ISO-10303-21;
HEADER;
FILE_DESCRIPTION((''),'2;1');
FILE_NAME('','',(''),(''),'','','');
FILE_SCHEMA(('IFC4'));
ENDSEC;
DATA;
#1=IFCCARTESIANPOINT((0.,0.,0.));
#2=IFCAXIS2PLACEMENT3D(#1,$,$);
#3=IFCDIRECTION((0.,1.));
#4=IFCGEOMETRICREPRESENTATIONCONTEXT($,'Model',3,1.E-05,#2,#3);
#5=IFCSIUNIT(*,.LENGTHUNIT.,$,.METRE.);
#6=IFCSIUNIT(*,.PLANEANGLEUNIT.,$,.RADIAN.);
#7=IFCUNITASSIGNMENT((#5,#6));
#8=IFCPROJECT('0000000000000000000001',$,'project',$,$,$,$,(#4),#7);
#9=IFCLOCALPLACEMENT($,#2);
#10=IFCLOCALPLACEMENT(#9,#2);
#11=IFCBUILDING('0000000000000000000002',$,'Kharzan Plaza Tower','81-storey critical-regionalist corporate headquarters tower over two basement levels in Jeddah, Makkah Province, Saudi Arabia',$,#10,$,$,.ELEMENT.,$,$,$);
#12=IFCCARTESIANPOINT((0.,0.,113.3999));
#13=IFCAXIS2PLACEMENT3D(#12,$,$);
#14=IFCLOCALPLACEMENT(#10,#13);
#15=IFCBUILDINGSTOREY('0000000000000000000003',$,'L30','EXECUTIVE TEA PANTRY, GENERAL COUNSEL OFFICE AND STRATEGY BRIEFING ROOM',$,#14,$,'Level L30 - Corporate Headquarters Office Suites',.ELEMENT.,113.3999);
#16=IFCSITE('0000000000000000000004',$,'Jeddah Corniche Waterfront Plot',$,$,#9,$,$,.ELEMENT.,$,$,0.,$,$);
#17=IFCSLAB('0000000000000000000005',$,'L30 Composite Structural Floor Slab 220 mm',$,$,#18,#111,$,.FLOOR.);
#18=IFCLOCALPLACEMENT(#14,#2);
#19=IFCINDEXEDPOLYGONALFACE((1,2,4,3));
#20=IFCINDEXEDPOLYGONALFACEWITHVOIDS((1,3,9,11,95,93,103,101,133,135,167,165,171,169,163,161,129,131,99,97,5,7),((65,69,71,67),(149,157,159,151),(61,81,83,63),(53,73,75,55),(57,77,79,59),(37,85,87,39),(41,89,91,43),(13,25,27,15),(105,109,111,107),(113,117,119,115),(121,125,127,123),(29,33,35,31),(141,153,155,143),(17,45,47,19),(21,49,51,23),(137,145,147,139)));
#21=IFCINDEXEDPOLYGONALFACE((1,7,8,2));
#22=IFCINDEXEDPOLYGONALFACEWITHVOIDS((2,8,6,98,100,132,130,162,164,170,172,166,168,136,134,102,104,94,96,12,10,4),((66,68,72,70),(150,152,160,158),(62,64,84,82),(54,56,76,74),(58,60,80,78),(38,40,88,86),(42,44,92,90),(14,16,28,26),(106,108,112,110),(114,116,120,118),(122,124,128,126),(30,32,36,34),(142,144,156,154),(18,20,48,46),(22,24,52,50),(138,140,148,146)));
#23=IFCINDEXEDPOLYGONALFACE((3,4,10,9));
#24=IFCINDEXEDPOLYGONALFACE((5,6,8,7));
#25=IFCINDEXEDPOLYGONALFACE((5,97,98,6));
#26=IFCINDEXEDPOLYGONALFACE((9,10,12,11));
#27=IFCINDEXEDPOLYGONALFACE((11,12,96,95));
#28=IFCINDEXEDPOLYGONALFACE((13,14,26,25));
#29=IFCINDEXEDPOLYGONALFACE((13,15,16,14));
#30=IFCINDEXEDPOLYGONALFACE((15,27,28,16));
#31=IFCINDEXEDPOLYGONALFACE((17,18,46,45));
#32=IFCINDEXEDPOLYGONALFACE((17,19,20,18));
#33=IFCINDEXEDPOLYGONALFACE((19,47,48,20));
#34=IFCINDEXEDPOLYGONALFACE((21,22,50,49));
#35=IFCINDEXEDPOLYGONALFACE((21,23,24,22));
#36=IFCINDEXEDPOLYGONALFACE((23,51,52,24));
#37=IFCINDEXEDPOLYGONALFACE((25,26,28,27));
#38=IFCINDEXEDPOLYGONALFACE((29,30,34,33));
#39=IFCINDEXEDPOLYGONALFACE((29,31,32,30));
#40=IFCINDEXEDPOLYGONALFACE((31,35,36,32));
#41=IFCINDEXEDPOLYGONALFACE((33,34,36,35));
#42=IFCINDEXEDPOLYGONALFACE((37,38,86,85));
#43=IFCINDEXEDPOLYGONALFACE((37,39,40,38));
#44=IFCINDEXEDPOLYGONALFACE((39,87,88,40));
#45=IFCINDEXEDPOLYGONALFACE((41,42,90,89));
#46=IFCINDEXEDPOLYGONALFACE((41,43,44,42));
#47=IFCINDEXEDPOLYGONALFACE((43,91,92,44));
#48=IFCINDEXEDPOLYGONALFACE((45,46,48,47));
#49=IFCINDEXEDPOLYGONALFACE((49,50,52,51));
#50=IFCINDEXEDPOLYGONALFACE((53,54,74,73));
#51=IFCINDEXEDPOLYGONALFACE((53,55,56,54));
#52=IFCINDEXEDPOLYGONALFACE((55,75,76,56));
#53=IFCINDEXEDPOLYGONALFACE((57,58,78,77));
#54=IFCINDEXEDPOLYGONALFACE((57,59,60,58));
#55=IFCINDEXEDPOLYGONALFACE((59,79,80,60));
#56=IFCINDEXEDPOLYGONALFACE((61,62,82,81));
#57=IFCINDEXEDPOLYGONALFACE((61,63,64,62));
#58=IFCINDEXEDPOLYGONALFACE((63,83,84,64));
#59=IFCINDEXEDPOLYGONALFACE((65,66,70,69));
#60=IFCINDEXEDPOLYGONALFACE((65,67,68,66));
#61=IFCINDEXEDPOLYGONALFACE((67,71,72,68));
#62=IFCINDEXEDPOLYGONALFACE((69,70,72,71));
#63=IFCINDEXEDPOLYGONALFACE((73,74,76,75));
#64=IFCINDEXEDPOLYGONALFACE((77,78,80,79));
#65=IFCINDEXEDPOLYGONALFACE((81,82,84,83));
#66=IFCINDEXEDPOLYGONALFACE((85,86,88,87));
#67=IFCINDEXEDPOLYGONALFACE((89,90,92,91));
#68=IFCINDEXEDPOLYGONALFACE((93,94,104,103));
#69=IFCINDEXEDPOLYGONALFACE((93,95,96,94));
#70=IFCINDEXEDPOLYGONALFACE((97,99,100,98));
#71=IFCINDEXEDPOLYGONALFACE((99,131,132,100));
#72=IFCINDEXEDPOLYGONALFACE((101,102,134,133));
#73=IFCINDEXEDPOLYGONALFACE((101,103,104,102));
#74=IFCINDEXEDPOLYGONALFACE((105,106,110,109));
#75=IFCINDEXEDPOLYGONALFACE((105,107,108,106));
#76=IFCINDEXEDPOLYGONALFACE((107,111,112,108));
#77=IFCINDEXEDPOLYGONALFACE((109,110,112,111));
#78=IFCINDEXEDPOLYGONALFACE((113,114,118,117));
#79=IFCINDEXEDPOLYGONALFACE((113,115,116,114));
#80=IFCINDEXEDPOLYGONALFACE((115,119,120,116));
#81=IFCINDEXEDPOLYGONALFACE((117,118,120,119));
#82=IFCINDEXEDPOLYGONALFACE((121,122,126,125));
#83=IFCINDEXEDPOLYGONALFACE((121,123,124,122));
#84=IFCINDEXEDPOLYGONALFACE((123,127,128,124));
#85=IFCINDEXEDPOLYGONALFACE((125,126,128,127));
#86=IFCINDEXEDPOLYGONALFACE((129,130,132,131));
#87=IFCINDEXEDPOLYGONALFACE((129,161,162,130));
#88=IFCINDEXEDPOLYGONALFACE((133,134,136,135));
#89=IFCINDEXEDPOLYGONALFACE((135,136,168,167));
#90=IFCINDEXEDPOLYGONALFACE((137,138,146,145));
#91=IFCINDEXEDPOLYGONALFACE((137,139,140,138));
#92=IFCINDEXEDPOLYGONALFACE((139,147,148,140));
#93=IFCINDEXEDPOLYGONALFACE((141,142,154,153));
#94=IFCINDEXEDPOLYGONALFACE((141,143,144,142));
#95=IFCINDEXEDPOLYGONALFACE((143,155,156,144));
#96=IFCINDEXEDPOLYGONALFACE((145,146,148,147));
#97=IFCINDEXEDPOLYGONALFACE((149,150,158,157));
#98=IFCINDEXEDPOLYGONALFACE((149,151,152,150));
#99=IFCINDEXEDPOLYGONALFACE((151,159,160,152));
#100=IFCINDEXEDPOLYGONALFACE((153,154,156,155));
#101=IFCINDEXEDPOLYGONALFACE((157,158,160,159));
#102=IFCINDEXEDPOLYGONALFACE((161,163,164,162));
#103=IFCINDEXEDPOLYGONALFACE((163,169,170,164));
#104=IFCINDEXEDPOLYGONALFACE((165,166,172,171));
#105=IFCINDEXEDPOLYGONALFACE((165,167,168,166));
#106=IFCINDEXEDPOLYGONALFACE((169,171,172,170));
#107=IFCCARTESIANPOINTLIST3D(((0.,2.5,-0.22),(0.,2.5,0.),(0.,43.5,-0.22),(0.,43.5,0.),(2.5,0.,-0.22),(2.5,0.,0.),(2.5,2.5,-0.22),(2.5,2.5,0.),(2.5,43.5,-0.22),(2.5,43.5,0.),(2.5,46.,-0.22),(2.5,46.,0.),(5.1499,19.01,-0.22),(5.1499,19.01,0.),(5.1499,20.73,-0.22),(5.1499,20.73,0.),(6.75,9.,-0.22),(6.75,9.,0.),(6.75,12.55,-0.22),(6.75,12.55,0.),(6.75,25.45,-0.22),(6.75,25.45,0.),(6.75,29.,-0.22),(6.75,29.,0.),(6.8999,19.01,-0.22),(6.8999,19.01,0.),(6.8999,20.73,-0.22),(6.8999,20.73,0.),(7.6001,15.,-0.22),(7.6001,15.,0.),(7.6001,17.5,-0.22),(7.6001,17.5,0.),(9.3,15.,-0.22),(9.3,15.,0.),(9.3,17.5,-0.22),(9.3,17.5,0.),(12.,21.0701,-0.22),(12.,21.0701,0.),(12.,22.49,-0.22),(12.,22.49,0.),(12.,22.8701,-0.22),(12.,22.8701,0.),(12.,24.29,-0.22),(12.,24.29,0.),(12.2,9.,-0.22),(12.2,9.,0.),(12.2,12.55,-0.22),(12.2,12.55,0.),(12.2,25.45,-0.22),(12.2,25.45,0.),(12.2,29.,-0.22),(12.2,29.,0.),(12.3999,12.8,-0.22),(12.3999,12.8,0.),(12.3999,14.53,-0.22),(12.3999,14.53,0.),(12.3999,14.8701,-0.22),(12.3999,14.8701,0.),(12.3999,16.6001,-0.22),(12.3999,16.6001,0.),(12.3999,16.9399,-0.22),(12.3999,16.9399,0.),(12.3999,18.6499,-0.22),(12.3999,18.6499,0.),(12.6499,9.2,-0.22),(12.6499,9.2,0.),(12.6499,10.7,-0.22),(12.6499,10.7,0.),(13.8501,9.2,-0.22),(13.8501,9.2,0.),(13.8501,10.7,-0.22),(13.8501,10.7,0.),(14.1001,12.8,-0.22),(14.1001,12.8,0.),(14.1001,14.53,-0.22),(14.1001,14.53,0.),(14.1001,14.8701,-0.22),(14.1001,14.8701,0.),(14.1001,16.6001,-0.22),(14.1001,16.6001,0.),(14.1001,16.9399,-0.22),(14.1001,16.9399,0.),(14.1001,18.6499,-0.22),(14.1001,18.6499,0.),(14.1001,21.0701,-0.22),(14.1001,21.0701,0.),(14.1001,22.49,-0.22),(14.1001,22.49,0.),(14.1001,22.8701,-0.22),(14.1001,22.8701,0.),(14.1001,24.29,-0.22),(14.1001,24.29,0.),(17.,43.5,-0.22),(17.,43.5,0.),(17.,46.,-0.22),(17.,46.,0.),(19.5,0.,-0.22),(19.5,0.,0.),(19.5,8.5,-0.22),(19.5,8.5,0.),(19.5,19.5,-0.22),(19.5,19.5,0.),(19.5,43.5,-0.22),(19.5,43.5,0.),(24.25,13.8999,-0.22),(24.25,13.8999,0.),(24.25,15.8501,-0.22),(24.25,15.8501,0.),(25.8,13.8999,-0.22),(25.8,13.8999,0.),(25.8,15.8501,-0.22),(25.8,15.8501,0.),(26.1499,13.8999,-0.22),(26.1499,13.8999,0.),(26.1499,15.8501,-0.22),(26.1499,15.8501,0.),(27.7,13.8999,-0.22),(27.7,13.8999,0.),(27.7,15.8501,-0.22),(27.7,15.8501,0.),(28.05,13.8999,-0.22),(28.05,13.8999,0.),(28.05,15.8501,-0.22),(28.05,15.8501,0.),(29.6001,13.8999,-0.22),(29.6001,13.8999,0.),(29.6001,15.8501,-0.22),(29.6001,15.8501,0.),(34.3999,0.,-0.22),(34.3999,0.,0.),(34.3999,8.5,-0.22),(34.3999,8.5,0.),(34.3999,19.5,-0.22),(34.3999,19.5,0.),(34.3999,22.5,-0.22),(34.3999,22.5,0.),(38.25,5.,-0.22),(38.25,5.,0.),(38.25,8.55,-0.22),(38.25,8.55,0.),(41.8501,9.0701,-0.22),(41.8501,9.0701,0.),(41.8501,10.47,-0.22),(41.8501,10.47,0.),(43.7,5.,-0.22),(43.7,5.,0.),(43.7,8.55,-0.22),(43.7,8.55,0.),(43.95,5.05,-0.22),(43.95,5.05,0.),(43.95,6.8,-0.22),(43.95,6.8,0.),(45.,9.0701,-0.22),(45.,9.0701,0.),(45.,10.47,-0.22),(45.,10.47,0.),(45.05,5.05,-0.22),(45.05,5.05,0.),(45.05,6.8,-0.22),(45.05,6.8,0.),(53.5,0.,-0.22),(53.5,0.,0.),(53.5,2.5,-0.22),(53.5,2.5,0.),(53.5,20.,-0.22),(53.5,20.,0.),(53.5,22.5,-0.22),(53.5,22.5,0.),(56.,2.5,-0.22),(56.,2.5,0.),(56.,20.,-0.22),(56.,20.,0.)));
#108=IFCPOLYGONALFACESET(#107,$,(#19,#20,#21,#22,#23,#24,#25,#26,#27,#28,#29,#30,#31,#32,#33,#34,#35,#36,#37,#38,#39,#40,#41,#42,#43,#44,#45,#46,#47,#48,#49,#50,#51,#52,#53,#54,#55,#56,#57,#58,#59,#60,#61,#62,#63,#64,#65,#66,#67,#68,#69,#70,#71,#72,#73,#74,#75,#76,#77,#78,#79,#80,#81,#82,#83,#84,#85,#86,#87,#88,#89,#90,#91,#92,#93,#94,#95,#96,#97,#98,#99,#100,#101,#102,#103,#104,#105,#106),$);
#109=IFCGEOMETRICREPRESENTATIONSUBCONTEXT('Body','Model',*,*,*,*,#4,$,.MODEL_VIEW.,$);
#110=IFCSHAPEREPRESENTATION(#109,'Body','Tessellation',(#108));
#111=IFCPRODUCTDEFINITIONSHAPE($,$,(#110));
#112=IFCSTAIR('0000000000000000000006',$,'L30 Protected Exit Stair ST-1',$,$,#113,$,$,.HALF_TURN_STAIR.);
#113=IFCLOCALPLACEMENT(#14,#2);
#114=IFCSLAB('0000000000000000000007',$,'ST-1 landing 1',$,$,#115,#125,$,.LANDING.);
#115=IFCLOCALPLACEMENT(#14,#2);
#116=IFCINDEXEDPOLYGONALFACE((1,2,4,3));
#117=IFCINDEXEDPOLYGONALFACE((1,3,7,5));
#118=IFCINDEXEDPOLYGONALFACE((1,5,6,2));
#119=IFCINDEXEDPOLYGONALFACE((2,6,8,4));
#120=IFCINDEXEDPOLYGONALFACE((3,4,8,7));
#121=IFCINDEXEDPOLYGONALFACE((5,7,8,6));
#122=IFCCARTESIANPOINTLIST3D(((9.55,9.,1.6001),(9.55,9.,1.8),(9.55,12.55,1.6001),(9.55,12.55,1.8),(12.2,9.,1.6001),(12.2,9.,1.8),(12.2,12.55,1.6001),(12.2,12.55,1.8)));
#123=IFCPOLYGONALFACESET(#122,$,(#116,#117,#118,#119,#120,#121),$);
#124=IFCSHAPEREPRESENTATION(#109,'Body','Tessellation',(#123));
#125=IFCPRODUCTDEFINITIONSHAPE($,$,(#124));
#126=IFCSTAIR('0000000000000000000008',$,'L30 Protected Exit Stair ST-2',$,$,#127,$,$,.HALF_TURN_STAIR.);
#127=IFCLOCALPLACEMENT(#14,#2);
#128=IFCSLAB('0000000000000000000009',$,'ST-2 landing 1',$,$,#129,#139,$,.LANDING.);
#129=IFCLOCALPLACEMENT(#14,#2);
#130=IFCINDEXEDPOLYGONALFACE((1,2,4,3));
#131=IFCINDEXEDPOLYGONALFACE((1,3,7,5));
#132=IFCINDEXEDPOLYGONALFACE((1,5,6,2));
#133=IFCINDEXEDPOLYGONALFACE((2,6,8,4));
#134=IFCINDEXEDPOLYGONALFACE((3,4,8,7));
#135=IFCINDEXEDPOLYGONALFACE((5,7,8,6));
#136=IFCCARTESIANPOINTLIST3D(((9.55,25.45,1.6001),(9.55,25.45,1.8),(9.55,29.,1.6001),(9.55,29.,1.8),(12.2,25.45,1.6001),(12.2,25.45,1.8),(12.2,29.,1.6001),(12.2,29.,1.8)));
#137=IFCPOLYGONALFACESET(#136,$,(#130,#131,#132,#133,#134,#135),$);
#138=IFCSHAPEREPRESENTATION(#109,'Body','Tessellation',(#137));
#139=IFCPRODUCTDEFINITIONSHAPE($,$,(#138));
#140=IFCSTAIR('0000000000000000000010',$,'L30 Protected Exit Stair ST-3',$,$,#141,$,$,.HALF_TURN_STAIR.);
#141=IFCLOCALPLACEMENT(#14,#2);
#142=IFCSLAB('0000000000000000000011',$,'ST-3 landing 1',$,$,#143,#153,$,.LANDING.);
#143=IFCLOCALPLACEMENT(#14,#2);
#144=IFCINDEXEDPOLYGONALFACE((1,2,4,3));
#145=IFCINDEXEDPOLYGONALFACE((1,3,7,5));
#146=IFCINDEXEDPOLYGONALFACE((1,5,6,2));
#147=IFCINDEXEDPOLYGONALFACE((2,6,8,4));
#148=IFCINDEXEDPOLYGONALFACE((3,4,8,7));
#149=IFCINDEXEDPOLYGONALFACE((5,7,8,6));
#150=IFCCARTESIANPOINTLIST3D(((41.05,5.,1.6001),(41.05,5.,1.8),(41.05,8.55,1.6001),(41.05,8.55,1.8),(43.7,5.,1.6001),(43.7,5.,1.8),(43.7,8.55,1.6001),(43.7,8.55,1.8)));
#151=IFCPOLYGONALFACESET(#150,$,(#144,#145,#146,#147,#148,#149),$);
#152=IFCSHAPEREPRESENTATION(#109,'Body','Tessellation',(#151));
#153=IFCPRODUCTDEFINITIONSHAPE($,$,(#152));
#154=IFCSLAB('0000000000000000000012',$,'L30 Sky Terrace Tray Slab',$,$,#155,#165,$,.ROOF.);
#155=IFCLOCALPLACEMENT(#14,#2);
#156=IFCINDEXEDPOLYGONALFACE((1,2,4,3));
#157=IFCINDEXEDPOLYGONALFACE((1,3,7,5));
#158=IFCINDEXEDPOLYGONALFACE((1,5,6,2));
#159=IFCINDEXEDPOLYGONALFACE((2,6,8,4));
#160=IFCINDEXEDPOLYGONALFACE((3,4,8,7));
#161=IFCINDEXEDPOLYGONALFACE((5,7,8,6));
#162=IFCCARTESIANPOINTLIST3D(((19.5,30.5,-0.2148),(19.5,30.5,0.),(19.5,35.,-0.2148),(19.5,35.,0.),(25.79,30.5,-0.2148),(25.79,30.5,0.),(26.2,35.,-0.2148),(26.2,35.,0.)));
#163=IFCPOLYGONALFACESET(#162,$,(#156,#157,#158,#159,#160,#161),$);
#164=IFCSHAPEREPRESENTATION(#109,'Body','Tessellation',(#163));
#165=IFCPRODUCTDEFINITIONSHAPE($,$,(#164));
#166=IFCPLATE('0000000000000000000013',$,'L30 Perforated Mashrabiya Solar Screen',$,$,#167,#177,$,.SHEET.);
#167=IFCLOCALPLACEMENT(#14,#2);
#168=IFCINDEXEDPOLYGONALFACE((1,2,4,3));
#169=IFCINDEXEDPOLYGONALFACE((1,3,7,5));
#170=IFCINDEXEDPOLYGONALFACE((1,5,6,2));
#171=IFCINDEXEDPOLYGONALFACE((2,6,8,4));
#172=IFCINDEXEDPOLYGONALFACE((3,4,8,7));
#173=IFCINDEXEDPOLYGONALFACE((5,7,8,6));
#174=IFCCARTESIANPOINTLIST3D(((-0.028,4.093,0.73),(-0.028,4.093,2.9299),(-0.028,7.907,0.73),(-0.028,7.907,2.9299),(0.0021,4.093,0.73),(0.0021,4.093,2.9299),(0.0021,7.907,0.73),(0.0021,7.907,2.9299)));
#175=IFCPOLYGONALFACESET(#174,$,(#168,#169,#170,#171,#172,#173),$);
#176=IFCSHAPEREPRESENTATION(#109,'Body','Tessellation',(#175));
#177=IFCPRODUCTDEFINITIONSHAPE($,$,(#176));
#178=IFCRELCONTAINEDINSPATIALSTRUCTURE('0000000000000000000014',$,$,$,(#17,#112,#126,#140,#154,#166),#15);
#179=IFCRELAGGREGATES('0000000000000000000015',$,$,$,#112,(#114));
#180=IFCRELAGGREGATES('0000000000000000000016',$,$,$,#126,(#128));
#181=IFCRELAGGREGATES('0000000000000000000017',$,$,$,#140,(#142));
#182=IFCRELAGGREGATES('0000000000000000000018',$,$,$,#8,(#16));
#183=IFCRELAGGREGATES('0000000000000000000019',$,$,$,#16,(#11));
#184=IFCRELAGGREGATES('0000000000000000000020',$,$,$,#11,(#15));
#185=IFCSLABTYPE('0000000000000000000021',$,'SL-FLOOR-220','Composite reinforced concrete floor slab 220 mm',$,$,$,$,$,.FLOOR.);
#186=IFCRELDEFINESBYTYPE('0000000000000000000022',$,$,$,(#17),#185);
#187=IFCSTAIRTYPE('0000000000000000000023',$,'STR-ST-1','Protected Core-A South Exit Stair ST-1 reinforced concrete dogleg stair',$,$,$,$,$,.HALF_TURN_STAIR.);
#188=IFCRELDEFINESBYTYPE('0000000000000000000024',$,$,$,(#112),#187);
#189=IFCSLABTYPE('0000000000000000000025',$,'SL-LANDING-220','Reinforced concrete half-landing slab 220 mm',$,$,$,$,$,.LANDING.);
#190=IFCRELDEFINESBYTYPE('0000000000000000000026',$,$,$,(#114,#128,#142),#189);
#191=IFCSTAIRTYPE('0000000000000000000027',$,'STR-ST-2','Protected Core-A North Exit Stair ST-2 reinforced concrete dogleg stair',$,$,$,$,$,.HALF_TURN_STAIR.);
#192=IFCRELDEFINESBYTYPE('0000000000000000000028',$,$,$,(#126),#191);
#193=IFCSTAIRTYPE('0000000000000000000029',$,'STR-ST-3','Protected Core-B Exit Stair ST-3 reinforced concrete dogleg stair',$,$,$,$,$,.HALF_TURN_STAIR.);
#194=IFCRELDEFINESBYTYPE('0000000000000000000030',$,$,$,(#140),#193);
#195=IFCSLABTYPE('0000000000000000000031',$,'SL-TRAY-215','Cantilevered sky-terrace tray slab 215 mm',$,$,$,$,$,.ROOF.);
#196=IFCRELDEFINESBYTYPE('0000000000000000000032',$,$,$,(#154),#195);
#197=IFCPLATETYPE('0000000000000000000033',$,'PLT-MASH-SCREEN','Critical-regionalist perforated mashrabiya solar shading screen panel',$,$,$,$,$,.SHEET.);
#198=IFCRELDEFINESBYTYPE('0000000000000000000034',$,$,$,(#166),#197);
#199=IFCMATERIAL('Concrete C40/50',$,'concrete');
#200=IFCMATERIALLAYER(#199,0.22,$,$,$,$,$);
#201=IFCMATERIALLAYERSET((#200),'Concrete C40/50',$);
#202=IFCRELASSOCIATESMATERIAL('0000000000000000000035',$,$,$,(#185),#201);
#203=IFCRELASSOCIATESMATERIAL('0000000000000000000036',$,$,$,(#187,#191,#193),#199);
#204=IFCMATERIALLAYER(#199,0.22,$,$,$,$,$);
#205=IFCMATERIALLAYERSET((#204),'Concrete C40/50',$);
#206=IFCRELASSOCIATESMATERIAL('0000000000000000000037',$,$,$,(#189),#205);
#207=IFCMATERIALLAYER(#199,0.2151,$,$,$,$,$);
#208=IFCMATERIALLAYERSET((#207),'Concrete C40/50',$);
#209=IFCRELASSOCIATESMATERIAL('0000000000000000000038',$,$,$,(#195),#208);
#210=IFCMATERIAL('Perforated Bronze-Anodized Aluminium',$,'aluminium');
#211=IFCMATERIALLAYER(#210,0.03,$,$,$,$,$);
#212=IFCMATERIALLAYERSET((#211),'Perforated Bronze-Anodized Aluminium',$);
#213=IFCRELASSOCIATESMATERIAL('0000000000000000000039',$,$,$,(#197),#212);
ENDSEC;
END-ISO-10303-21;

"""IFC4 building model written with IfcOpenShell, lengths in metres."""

from ifc_helpers import new_model, si_unit, direction, frame, origin, origin_2d, place, context, subcontext, project, spatial, polyline, rectangle, outline, extrude, source, transform, mapped, material, layer, layer_set, type_object, element, aggregate, save


model = new_model("IFC4")

# Units and contexts
model_context = context("Model", 3, precision=1e-05, world=origin(), true_north=direction((0.0, 1.0)))
body_context = subcontext(model_context, "Body", "Model", "MODEL_VIEW")
ifc_project = project(units=[si_unit("LENGTHUNIT", "METRE"), si_unit("PLANEANGLEUNIT", "RADIAN")], contexts=[model_context])

# Site, building, storey
site_placement = place(None, origin())
site = spatial("IfcSite", under=ifc_project, at=site_placement, Name="Jeddah Corniche Waterfront Plot", CompositionType="ELEMENT", RefElevation=0.0)
building_placement = place(site_placement, origin())
building = spatial("IfcBuilding", under=site, at=building_placement, Name="Kharzan Plaza Tower", Description="81-storey critical-regionalist corporate headquarters tower over two basement levels in Jeddah, Makkah Province, Saudi Arabia", CompositionType="ELEMENT")
storey_placement = place(building_placement, frame((0.0, 0.0, 113.3999)))
storey = spatial("IfcBuildingStorey", under=building, at=storey_placement, Name="L30", Description="EXECUTIVE TEA PANTRY, GENERAL COUNSEL OFFICE AND STRATEGY BRIEFING ROOM", LongName="Level L30 - Corporate Headquarters Office Suites", CompositionType="ELEMENT", Elevation=113.3999)

# Slab
ifc_material_1 = material(Name="Concrete C40/50", Category="concrete")
ifc_layer_1 = layer(ifc_material_1, 0.22)
ifc_layer_set_1 = layer_set([ifc_layer_1], Name="Concrete C40/50")
slab_type_1 = type_object("IfcSlabType", Name="SL-FLOOR-220", Description="Composite reinforced concrete floor slab 220 mm", PredefinedType="FLOOR", material=ifc_layer_set_1)
slab_1_placement = place(storey_placement, frame((0.0, 0.0, -0.22)))
element("IfcSlab", 1, at=slab_1_placement, inside=storey, type_object=slab_type_1, Name="L30 Composite Structural Floor Slab 220 mm", PredefinedType="FLOOR", context=body_context, shape_type="SweptSolid", body=[
    extrude(outline(polyline([(34.3999, 19.5), (19.5, 19.5), (19.5, 43.5), (17.0, 43.5), (17.0, 46.0), (2.5, 46.0), (2.5, 43.5), (0.0, 43.5), (0.0, 2.5), (2.5, 2.5), (2.5, 0.0), (19.5, 0.0), (19.5, 8.5), (34.3999, 8.5), (34.3999, 0.0), (53.5, 0.0), (53.5, 2.5), (56.0, 2.5), (56.0, 20.0), (53.5, 20.0), (53.5, 22.5), (34.3999, 22.5), (34.3999, 19.5)]), holes=[polyline([(12.2, 9.0), (12.2, 12.55), (6.75, 12.55), (6.75, 9.0), (12.2, 9.0)]), polyline([(14.1001, 12.8), (14.1001, 14.53), (12.3999, 14.53), (12.3999, 12.8), (14.1001, 12.8)]), polyline([(14.1001, 14.8701), (14.1001, 16.6001), (12.3999, 16.6001), (12.3999, 14.8701), (14.1001, 14.8701)]), polyline([(9.3, 15.0), (9.3, 17.5), (7.6001, 17.5), (7.6001, 15.0), (9.3, 15.0)]), polyline([(6.8999, 19.01), (6.8999, 20.73), (5.1499, 20.73), (5.1499, 19.01), (6.8999, 19.01)]), polyline([(14.1001, 21.0701), (14.1001, 22.49), (12.0, 22.49), (12.0, 21.0701), (14.1001, 21.0701)]), polyline([(14.1001, 22.8701), (14.1001, 24.29), (12.0, 24.29), (12.0, 22.8701), (14.1001, 22.8701)]), polyline([(12.2, 25.45), (12.2, 29.0), (6.75, 29.0), (6.75, 25.45), (12.2, 25.45)]), polyline([(45.05, 5.05), (45.05, 6.8), (43.95, 6.8), (43.95, 5.05), (45.05, 5.05)]), polyline([(43.7, 5.0), (43.7, 8.55), (38.25, 8.55), (38.25, 5.0), (43.7, 5.0)]), polyline([(45.0, 9.0701), (45.0, 10.47), (41.8501, 10.47), (41.8501, 9.0701), (45.0, 9.0701)]), polyline([(13.8501, 9.2), (13.8501, 10.7), (12.6499, 10.7), (12.6499, 9.2), (13.8501, 9.2)]), polyline([(25.8, 13.8999), (25.8, 15.8501), (24.25, 15.8501), (24.25, 13.8999), (25.8, 13.8999)]), polyline([(27.7, 13.8999), (27.7, 15.8501), (26.1499, 15.8501), (26.1499, 13.8999), (27.7, 13.8999)]), polyline([(29.6001, 13.8999), (29.6001, 15.8501), (28.05, 15.8501), (28.05, 13.8999), (29.6001, 13.8999)]), polyline([(14.1001, 16.9399), (14.1001, 18.6499), (12.3999, 18.6499), (12.3999, 16.9399), (14.1001, 16.9399)])]), origin(), (0.0, 0.0, 1.0), 0.22),
])

# Stairs, slabs
stair_type_1 = type_object("IfcStairType", Name="STR-ST-1", Description="Protected Core-A South Exit Stair ST-1 reinforced concrete dogleg stair", PredefinedType="HALF_TURN_STAIR", material=ifc_material_1)
stair_1_placement = place(storey_placement, origin())
stair_1 = element("IfcStair", 2, at=stair_1_placement, inside=storey, type_object=stair_type_1, Name="L30 Protected Exit Stair ST-1", PredefinedType="HALF_TURN_STAIR")
ifc_layer_2 = layer(ifc_material_1, 0.22)
ifc_layer_set_2 = layer_set([ifc_layer_2], Name="Concrete C40/50")
slab_type_2 = type_object("IfcSlabType", Name="SL-LANDING-220", Description="Reinforced concrete half-landing slab 220 mm", PredefinedType="LANDING", material=ifc_layer_set_2)
slab_2_placement = place(storey_placement, frame((0.0, 0.0, 1.6001)))
slab_2 = element("IfcSlab", 3, at=slab_2_placement, type_object=slab_type_2, Name="ST-1 landing 1", PredefinedType="LANDING", context=body_context, shape_type="SweptSolid", body=[
    extrude(outline(polyline([(9.55, 9.0), (12.2, 9.0), (12.2, 12.55), (9.55, 12.55), (9.55, 9.0)])), origin(), (0.0, 0.0, 1.0), 0.2),
])
aggregate(stair_1, [slab_2])
stair_type_2 = type_object("IfcStairType", Name="STR-ST-2", Description="Protected Core-A North Exit Stair ST-2 reinforced concrete dogleg stair", PredefinedType="HALF_TURN_STAIR", material=ifc_material_1)
stair_2_placement = place(storey_placement, origin())
stair_2 = element("IfcStair", 4, at=stair_2_placement, inside=storey, type_object=stair_type_2, Name="L30 Protected Exit Stair ST-2", PredefinedType="HALF_TURN_STAIR")
slab_3_placement = place(storey_placement, frame((0.0, 0.0, 1.6001)))
slab_3 = element("IfcSlab", 5, at=slab_3_placement, type_object=slab_type_2, Name="ST-2 landing 1", PredefinedType="LANDING", context=body_context, shape_type="SweptSolid", body=[
    extrude(outline(polyline([(9.55, 25.45), (12.2, 25.45), (12.2, 29.0), (9.55, 29.0), (9.55, 25.45)])), origin(), (0.0, 0.0, 1.0), 0.2),
])
aggregate(stair_2, [slab_3])
stair_type_3 = type_object("IfcStairType", Name="STR-ST-3", Description="Protected Core-B Exit Stair ST-3 reinforced concrete dogleg stair", PredefinedType="HALF_TURN_STAIR", material=ifc_material_1)
stair_3_placement = place(storey_placement, origin())
stair_3 = element("IfcStair", 6, at=stair_3_placement, inside=storey, type_object=stair_type_3, Name="L30 Protected Exit Stair ST-3", PredefinedType="HALF_TURN_STAIR")
slab_4_placement = place(storey_placement, frame((0.0, 0.0, 1.6001)))
slab_4 = element("IfcSlab", 7, at=slab_4_placement, type_object=slab_type_2, Name="ST-3 landing 1", PredefinedType="LANDING", context=body_context, shape_type="SweptSolid", body=[
    extrude(outline(polyline([(41.05, 5.0), (43.7, 5.0), (43.7, 8.55), (41.05, 8.55), (41.05, 5.0)])), origin(), (0.0, 0.0, 1.0), 0.2),
])
aggregate(stair_3, [slab_4])

# Slab
ifc_layer_3 = layer(ifc_material_1, 0.2151)
ifc_layer_set_3 = layer_set([ifc_layer_3], Name="Concrete C40/50")
slab_type_3 = type_object("IfcSlabType", Name="SL-TRAY-215", Description="Cantilevered sky-terrace tray slab 215 mm", PredefinedType="ROOF", material=ifc_layer_set_3)
slab_5_placement = place(storey_placement, frame((0.0, 0.0, -0.2148)))
element("IfcSlab", 8, at=slab_5_placement, inside=storey, type_object=slab_type_3, Name="L30 Sky Terrace Tray Slab", PredefinedType="ROOF", context=body_context, shape_type="SweptSolid", body=[
    extrude(outline(polyline([(19.5, 30.5), (25.79, 30.5), (26.2, 35.0), (19.5, 35.0), (19.5, 30.5)])), origin(), (0.0, 0.0, 1.0), 0.2148),
])

# Plate
ifc_material_2 = material(Name="Perforated Bronze-Anodized Aluminium", Category="aluminium")
ifc_layer_4 = layer(ifc_material_2, 0.03)
ifc_layer_set_4 = layer_set([ifc_layer_4], Name="Perforated Bronze-Anodized Aluminium")
plate_type = type_object("IfcPlateType", Name="PLT-MASH-SCREEN", Description="Critical-regionalist perforated mashrabiya solar shading screen panel", PredefinedType="SHEET", material=ifc_layer_set_4)
shared_shape_1 = source(origin(), body_context, "Body", "SweptSolid", [
    extrude(rectangle(XDim=3.814, YDim=0.03, at=origin_2d()), origin(), (0.0, 0.0, 1.0), 2.2),
])
plate_placement = place(storey_placement, frame((-0.0129, 6.0, 0.73), z_axis=(0.0, 0.0, 1.0), x_axis=(0.0, -1.0, 0.0)))
element("IfcPlate", 9, at=plate_placement, inside=storey, type_object=plate_type, Name="L30 Perforated Mashrabiya Solar Screen", PredefinedType="SHEET", context=body_context, shape_type="MappedRepresentation", body=[
    mapped(shared_shape_1, transform((0.0, 0.0, 0.0), x_axis=(1.0, 0.0, 0.0), y_axis=(0.0, 1.0, 0.0), z_axis=(0.0, 0.0, 1.0))),
])

save(model, "model.ifc")
